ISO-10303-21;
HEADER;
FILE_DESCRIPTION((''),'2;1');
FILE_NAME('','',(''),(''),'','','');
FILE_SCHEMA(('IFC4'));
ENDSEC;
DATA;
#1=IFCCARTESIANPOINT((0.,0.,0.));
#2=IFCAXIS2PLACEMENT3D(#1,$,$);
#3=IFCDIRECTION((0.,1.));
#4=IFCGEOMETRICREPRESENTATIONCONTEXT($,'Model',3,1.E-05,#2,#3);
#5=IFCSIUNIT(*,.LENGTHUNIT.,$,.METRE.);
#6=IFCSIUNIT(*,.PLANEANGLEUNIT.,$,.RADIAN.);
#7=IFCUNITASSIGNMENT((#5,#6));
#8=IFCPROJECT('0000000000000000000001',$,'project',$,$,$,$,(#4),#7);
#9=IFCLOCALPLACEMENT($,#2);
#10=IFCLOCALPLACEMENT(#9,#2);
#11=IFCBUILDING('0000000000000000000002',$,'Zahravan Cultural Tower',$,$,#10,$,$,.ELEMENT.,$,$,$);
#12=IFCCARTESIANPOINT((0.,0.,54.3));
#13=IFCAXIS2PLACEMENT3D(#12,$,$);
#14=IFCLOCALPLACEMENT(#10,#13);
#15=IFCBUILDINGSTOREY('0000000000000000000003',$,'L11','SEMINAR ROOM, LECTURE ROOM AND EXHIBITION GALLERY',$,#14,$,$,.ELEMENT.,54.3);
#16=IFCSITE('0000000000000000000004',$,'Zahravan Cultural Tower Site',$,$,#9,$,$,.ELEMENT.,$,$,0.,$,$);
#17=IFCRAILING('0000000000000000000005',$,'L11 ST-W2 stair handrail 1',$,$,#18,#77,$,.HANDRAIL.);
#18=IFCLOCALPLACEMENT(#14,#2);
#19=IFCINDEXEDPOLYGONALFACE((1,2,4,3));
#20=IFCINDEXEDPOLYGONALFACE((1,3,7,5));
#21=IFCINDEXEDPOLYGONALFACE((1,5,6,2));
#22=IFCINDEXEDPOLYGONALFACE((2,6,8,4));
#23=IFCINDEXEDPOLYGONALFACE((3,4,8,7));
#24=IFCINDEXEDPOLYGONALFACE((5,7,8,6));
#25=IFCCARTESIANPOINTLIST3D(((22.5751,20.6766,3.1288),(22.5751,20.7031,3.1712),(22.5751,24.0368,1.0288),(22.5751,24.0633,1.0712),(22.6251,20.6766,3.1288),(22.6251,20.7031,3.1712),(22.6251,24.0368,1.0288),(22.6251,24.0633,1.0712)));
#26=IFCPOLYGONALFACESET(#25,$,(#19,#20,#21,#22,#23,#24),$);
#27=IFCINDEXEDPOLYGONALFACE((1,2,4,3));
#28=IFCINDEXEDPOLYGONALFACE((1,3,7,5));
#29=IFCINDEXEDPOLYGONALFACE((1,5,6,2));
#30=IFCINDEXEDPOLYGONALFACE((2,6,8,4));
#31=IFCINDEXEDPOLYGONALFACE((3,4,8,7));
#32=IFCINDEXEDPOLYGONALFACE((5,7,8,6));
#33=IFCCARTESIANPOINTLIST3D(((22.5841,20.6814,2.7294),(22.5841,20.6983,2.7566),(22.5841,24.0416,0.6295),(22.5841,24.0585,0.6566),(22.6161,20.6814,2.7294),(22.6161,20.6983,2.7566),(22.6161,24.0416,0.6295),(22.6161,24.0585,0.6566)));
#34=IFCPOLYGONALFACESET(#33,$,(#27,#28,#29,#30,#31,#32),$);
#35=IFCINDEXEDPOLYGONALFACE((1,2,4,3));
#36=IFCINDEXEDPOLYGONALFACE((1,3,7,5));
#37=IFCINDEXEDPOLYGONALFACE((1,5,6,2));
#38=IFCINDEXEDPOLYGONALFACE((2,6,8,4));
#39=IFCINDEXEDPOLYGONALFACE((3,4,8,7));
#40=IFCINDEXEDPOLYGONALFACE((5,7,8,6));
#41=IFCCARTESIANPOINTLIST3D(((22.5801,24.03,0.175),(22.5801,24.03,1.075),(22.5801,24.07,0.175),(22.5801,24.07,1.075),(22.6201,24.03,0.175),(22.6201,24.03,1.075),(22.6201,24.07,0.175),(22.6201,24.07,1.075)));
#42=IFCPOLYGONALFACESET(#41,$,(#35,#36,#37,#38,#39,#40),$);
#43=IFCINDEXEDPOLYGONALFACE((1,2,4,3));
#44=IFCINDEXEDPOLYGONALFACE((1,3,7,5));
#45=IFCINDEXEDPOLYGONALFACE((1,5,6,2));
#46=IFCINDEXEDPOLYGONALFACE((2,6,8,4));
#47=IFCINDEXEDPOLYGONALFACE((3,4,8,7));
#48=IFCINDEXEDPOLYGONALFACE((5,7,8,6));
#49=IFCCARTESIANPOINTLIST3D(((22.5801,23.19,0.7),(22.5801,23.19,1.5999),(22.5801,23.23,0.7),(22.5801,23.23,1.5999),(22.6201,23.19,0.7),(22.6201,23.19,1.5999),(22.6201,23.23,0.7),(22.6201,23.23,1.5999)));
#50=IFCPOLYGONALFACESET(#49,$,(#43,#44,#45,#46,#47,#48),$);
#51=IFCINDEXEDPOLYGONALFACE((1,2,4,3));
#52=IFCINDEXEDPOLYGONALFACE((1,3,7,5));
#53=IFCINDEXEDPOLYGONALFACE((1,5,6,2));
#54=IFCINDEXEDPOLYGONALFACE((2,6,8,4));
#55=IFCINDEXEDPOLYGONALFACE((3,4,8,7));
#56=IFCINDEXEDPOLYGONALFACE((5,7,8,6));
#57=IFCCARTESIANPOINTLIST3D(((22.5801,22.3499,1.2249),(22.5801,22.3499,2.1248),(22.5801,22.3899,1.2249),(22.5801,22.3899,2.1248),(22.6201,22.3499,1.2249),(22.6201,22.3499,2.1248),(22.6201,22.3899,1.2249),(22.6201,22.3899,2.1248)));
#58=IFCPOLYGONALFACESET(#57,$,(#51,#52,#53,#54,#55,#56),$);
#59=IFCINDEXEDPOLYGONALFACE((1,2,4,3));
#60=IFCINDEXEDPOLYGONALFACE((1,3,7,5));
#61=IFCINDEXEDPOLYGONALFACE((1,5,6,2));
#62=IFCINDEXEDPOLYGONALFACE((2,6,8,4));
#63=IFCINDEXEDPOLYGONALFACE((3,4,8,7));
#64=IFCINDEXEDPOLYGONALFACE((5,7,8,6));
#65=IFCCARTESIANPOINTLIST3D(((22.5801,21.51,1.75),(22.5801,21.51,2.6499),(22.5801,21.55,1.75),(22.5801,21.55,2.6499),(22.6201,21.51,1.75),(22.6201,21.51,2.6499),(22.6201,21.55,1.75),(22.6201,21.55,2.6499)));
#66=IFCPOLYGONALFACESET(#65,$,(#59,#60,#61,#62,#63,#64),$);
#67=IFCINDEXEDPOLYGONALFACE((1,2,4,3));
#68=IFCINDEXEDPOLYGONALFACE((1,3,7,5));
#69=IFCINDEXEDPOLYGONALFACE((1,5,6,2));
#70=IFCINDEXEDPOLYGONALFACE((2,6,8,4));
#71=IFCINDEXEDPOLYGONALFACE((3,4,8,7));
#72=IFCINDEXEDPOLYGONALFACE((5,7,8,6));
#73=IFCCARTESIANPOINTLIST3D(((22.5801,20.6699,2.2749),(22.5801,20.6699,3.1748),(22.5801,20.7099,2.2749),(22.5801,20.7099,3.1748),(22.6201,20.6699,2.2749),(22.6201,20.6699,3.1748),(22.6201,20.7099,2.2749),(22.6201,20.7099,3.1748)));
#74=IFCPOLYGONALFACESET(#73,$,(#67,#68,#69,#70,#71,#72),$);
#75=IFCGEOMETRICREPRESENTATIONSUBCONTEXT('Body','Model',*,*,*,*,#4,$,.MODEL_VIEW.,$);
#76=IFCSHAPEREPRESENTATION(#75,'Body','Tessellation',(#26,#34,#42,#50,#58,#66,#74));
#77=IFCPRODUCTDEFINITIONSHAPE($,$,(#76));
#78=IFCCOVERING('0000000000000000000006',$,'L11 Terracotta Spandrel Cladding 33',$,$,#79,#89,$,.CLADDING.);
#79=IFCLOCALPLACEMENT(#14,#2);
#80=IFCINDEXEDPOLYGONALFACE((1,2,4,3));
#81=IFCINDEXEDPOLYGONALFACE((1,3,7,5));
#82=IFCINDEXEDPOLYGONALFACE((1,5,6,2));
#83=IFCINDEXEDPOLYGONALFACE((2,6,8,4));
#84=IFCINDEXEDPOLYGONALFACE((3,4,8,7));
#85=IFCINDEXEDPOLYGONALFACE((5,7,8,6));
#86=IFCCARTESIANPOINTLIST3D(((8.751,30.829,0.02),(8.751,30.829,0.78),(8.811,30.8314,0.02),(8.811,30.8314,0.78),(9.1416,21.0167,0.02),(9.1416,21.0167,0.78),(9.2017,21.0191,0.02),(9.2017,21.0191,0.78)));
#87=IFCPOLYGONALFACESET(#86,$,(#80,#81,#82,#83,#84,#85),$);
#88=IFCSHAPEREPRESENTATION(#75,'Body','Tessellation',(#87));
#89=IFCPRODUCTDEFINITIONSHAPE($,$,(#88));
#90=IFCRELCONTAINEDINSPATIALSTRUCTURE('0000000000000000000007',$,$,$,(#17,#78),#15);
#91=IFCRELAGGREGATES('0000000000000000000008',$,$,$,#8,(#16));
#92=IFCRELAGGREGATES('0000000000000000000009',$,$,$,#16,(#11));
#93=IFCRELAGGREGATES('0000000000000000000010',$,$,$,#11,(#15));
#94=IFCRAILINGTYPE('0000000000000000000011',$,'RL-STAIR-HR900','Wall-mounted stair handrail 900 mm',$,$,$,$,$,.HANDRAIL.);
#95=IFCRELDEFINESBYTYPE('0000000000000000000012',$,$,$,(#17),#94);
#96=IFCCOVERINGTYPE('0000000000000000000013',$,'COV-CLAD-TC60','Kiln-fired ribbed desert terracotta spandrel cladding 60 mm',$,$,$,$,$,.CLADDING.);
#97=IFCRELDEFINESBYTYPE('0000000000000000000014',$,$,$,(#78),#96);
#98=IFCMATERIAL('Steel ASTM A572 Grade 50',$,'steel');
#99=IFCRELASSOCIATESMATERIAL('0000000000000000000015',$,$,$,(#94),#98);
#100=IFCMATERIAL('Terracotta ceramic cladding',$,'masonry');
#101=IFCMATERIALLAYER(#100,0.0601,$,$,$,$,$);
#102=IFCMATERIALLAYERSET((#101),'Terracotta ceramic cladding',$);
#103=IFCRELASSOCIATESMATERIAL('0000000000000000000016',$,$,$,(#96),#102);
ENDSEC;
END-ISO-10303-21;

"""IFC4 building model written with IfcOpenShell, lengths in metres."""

from ifc_helpers import new_model, si_unit, direction, frame, origin, origin_2d, place, context, subcontext, project, spatial, rectangle, extrude, source, transform, mapped, material, layer, layer_set, type_object, element, save


model = new_model("IFC4")

# Units and contexts
model_context = context("Model", 3, precision=1e-05, world=origin(), true_north=direction((0.0, 1.0)))
body_context = subcontext(model_context, "Body", "Model", "MODEL_VIEW")
ifc_project = project(units=[si_unit("LENGTHUNIT", "METRE"), si_unit("PLANEANGLEUNIT", "RADIAN")], contexts=[model_context])

# Site, building, storey
site_placement = place(None, origin())
site = spatial("IfcSite", under=ifc_project, at=site_placement, Name="Zahravan Cultural Tower Site", CompositionType="ELEMENT", RefElevation=0.0)
building_placement = place(site_placement, origin())
building = spatial("IfcBuilding", under=site, at=building_placement, Name="Zahravan Cultural Tower", CompositionType="ELEMENT")
storey_placement = place(building_placement, frame((0.0, 0.0, 54.3)))
storey = spatial("IfcBuildingStorey", under=building, at=storey_placement, Name="L11", Description="SEMINAR ROOM, LECTURE ROOM AND EXHIBITION GALLERY", CompositionType="ELEMENT", Elevation=54.3)

# Shared definitions
ifc_material_1 = material(Name="Steel ASTM A572 Grade 50", Category="steel")

# Railing
railing_type_1 = type_object("IfcRailingType", Name="RL-STAIR-HR900", Description="Wall-mounted stair handrail 900 mm", PredefinedType="HANDRAIL", material=ifc_material_1)
railing_1_placement = place(storey_placement, frame((22.6001, 24.05, 0.175)))
element("IfcRailing", 1, at=railing_1_placement, inside=storey, type_object=railing_type_1, Name="L11 ST-W2 stair handrail 1", PredefinedType="HANDRAIL", context=body_context, shape_type="SweptSolid", body=[
    extrude(rectangle(XDim=0.05, YDim=0.05, at=origin_2d()), frame((0.0, 0.0, 0.875), z_axis=(0.0, -0.848023, 0.52996), x_axis=(1.0, 0.0, 0.0)), (0.0, 0.0, 1.0), 3.9624),
    extrude(rectangle(XDim=0.032, YDim=0.032, at=origin_2d()), frame((0.0, 0.0, 0.468), z_axis=(0.0, -0.848023, 0.52996), x_axis=(1.0, 0.0, 0.0)), (0.0, 0.0, 1.0), 3.9624),
    extrude(rectangle(XDim=0.04, YDim=0.04, at=origin_2d()), origin(), (0.0, 0.0, 1.0), 0.8999),
    extrude(rectangle(XDim=0.04, YDim=0.04, at=origin_2d()), frame((0.0, -0.8401, 0.5249)), (0.0, 0.0, 1.0), 0.8999),
    extrude(rectangle(XDim=0.04, YDim=0.04, at=origin_2d()), frame((0.0, -1.6802, 1.0498)), (0.0, 0.0, 1.0), 0.8999),
    extrude(rectangle(XDim=0.04, YDim=0.04, at=origin_2d()), frame((0.0, -2.52, 1.575)), (0.0, 0.0, 1.0), 0.8999),
    extrude(rectangle(XDim=0.04, YDim=0.04, at=origin_2d()), frame((0.0, -3.3601, 2.0999)), (0.0, 0.0, 1.0), 0.8999),
])

# Covering
ifc_material_2 = material(Name="Terracotta ceramic cladding", Category="masonry")
ifc_layer_1 = layer(ifc_material_2, 0.0601)
ifc_layer_set_1 = layer_set([ifc_layer_1], Name="Terracotta ceramic cladding")
covering_type = type_object("IfcCoveringType", Name="COV-CLAD-TC60", Description="Kiln-fired ribbed desert terracotta spandrel cladding 60 mm", PredefinedType="CLADDING", material=ifc_layer_set_1)
shared_shape_1 = source(origin(), body_context, "Body", "SweptSolid", [
    extrude(rectangle(XDim=9.8201, YDim=0.0601, at=origin_2d()), origin(), (0.0, 0.0, 1.0), 0.76),
])
covering_placement = place(storey_placement, frame((8.9763, 25.9241, 0.02), z_axis=(0.0, 0.0, 1.0), x_axis=(-0.039783, 0.999208, 0.0)))
element("IfcCovering", 2, at=covering_placement, inside=storey, type_object=covering_type, Name="L11 Terracotta Spandrel Cladding 33", PredefinedType="CLADDING", context=body_context, shape_type="MappedRepresentation", body=[
    mapped(shared_shape_1, transform((0.0, 0.0, 0.0), x_axis=(1.0, 0.0, 0.0), y_axis=(0.0, 1.0, 0.0), z_axis=(0.0, 0.0, 1.0), scale=1.0)),
])

save(model, "model.ifc")
